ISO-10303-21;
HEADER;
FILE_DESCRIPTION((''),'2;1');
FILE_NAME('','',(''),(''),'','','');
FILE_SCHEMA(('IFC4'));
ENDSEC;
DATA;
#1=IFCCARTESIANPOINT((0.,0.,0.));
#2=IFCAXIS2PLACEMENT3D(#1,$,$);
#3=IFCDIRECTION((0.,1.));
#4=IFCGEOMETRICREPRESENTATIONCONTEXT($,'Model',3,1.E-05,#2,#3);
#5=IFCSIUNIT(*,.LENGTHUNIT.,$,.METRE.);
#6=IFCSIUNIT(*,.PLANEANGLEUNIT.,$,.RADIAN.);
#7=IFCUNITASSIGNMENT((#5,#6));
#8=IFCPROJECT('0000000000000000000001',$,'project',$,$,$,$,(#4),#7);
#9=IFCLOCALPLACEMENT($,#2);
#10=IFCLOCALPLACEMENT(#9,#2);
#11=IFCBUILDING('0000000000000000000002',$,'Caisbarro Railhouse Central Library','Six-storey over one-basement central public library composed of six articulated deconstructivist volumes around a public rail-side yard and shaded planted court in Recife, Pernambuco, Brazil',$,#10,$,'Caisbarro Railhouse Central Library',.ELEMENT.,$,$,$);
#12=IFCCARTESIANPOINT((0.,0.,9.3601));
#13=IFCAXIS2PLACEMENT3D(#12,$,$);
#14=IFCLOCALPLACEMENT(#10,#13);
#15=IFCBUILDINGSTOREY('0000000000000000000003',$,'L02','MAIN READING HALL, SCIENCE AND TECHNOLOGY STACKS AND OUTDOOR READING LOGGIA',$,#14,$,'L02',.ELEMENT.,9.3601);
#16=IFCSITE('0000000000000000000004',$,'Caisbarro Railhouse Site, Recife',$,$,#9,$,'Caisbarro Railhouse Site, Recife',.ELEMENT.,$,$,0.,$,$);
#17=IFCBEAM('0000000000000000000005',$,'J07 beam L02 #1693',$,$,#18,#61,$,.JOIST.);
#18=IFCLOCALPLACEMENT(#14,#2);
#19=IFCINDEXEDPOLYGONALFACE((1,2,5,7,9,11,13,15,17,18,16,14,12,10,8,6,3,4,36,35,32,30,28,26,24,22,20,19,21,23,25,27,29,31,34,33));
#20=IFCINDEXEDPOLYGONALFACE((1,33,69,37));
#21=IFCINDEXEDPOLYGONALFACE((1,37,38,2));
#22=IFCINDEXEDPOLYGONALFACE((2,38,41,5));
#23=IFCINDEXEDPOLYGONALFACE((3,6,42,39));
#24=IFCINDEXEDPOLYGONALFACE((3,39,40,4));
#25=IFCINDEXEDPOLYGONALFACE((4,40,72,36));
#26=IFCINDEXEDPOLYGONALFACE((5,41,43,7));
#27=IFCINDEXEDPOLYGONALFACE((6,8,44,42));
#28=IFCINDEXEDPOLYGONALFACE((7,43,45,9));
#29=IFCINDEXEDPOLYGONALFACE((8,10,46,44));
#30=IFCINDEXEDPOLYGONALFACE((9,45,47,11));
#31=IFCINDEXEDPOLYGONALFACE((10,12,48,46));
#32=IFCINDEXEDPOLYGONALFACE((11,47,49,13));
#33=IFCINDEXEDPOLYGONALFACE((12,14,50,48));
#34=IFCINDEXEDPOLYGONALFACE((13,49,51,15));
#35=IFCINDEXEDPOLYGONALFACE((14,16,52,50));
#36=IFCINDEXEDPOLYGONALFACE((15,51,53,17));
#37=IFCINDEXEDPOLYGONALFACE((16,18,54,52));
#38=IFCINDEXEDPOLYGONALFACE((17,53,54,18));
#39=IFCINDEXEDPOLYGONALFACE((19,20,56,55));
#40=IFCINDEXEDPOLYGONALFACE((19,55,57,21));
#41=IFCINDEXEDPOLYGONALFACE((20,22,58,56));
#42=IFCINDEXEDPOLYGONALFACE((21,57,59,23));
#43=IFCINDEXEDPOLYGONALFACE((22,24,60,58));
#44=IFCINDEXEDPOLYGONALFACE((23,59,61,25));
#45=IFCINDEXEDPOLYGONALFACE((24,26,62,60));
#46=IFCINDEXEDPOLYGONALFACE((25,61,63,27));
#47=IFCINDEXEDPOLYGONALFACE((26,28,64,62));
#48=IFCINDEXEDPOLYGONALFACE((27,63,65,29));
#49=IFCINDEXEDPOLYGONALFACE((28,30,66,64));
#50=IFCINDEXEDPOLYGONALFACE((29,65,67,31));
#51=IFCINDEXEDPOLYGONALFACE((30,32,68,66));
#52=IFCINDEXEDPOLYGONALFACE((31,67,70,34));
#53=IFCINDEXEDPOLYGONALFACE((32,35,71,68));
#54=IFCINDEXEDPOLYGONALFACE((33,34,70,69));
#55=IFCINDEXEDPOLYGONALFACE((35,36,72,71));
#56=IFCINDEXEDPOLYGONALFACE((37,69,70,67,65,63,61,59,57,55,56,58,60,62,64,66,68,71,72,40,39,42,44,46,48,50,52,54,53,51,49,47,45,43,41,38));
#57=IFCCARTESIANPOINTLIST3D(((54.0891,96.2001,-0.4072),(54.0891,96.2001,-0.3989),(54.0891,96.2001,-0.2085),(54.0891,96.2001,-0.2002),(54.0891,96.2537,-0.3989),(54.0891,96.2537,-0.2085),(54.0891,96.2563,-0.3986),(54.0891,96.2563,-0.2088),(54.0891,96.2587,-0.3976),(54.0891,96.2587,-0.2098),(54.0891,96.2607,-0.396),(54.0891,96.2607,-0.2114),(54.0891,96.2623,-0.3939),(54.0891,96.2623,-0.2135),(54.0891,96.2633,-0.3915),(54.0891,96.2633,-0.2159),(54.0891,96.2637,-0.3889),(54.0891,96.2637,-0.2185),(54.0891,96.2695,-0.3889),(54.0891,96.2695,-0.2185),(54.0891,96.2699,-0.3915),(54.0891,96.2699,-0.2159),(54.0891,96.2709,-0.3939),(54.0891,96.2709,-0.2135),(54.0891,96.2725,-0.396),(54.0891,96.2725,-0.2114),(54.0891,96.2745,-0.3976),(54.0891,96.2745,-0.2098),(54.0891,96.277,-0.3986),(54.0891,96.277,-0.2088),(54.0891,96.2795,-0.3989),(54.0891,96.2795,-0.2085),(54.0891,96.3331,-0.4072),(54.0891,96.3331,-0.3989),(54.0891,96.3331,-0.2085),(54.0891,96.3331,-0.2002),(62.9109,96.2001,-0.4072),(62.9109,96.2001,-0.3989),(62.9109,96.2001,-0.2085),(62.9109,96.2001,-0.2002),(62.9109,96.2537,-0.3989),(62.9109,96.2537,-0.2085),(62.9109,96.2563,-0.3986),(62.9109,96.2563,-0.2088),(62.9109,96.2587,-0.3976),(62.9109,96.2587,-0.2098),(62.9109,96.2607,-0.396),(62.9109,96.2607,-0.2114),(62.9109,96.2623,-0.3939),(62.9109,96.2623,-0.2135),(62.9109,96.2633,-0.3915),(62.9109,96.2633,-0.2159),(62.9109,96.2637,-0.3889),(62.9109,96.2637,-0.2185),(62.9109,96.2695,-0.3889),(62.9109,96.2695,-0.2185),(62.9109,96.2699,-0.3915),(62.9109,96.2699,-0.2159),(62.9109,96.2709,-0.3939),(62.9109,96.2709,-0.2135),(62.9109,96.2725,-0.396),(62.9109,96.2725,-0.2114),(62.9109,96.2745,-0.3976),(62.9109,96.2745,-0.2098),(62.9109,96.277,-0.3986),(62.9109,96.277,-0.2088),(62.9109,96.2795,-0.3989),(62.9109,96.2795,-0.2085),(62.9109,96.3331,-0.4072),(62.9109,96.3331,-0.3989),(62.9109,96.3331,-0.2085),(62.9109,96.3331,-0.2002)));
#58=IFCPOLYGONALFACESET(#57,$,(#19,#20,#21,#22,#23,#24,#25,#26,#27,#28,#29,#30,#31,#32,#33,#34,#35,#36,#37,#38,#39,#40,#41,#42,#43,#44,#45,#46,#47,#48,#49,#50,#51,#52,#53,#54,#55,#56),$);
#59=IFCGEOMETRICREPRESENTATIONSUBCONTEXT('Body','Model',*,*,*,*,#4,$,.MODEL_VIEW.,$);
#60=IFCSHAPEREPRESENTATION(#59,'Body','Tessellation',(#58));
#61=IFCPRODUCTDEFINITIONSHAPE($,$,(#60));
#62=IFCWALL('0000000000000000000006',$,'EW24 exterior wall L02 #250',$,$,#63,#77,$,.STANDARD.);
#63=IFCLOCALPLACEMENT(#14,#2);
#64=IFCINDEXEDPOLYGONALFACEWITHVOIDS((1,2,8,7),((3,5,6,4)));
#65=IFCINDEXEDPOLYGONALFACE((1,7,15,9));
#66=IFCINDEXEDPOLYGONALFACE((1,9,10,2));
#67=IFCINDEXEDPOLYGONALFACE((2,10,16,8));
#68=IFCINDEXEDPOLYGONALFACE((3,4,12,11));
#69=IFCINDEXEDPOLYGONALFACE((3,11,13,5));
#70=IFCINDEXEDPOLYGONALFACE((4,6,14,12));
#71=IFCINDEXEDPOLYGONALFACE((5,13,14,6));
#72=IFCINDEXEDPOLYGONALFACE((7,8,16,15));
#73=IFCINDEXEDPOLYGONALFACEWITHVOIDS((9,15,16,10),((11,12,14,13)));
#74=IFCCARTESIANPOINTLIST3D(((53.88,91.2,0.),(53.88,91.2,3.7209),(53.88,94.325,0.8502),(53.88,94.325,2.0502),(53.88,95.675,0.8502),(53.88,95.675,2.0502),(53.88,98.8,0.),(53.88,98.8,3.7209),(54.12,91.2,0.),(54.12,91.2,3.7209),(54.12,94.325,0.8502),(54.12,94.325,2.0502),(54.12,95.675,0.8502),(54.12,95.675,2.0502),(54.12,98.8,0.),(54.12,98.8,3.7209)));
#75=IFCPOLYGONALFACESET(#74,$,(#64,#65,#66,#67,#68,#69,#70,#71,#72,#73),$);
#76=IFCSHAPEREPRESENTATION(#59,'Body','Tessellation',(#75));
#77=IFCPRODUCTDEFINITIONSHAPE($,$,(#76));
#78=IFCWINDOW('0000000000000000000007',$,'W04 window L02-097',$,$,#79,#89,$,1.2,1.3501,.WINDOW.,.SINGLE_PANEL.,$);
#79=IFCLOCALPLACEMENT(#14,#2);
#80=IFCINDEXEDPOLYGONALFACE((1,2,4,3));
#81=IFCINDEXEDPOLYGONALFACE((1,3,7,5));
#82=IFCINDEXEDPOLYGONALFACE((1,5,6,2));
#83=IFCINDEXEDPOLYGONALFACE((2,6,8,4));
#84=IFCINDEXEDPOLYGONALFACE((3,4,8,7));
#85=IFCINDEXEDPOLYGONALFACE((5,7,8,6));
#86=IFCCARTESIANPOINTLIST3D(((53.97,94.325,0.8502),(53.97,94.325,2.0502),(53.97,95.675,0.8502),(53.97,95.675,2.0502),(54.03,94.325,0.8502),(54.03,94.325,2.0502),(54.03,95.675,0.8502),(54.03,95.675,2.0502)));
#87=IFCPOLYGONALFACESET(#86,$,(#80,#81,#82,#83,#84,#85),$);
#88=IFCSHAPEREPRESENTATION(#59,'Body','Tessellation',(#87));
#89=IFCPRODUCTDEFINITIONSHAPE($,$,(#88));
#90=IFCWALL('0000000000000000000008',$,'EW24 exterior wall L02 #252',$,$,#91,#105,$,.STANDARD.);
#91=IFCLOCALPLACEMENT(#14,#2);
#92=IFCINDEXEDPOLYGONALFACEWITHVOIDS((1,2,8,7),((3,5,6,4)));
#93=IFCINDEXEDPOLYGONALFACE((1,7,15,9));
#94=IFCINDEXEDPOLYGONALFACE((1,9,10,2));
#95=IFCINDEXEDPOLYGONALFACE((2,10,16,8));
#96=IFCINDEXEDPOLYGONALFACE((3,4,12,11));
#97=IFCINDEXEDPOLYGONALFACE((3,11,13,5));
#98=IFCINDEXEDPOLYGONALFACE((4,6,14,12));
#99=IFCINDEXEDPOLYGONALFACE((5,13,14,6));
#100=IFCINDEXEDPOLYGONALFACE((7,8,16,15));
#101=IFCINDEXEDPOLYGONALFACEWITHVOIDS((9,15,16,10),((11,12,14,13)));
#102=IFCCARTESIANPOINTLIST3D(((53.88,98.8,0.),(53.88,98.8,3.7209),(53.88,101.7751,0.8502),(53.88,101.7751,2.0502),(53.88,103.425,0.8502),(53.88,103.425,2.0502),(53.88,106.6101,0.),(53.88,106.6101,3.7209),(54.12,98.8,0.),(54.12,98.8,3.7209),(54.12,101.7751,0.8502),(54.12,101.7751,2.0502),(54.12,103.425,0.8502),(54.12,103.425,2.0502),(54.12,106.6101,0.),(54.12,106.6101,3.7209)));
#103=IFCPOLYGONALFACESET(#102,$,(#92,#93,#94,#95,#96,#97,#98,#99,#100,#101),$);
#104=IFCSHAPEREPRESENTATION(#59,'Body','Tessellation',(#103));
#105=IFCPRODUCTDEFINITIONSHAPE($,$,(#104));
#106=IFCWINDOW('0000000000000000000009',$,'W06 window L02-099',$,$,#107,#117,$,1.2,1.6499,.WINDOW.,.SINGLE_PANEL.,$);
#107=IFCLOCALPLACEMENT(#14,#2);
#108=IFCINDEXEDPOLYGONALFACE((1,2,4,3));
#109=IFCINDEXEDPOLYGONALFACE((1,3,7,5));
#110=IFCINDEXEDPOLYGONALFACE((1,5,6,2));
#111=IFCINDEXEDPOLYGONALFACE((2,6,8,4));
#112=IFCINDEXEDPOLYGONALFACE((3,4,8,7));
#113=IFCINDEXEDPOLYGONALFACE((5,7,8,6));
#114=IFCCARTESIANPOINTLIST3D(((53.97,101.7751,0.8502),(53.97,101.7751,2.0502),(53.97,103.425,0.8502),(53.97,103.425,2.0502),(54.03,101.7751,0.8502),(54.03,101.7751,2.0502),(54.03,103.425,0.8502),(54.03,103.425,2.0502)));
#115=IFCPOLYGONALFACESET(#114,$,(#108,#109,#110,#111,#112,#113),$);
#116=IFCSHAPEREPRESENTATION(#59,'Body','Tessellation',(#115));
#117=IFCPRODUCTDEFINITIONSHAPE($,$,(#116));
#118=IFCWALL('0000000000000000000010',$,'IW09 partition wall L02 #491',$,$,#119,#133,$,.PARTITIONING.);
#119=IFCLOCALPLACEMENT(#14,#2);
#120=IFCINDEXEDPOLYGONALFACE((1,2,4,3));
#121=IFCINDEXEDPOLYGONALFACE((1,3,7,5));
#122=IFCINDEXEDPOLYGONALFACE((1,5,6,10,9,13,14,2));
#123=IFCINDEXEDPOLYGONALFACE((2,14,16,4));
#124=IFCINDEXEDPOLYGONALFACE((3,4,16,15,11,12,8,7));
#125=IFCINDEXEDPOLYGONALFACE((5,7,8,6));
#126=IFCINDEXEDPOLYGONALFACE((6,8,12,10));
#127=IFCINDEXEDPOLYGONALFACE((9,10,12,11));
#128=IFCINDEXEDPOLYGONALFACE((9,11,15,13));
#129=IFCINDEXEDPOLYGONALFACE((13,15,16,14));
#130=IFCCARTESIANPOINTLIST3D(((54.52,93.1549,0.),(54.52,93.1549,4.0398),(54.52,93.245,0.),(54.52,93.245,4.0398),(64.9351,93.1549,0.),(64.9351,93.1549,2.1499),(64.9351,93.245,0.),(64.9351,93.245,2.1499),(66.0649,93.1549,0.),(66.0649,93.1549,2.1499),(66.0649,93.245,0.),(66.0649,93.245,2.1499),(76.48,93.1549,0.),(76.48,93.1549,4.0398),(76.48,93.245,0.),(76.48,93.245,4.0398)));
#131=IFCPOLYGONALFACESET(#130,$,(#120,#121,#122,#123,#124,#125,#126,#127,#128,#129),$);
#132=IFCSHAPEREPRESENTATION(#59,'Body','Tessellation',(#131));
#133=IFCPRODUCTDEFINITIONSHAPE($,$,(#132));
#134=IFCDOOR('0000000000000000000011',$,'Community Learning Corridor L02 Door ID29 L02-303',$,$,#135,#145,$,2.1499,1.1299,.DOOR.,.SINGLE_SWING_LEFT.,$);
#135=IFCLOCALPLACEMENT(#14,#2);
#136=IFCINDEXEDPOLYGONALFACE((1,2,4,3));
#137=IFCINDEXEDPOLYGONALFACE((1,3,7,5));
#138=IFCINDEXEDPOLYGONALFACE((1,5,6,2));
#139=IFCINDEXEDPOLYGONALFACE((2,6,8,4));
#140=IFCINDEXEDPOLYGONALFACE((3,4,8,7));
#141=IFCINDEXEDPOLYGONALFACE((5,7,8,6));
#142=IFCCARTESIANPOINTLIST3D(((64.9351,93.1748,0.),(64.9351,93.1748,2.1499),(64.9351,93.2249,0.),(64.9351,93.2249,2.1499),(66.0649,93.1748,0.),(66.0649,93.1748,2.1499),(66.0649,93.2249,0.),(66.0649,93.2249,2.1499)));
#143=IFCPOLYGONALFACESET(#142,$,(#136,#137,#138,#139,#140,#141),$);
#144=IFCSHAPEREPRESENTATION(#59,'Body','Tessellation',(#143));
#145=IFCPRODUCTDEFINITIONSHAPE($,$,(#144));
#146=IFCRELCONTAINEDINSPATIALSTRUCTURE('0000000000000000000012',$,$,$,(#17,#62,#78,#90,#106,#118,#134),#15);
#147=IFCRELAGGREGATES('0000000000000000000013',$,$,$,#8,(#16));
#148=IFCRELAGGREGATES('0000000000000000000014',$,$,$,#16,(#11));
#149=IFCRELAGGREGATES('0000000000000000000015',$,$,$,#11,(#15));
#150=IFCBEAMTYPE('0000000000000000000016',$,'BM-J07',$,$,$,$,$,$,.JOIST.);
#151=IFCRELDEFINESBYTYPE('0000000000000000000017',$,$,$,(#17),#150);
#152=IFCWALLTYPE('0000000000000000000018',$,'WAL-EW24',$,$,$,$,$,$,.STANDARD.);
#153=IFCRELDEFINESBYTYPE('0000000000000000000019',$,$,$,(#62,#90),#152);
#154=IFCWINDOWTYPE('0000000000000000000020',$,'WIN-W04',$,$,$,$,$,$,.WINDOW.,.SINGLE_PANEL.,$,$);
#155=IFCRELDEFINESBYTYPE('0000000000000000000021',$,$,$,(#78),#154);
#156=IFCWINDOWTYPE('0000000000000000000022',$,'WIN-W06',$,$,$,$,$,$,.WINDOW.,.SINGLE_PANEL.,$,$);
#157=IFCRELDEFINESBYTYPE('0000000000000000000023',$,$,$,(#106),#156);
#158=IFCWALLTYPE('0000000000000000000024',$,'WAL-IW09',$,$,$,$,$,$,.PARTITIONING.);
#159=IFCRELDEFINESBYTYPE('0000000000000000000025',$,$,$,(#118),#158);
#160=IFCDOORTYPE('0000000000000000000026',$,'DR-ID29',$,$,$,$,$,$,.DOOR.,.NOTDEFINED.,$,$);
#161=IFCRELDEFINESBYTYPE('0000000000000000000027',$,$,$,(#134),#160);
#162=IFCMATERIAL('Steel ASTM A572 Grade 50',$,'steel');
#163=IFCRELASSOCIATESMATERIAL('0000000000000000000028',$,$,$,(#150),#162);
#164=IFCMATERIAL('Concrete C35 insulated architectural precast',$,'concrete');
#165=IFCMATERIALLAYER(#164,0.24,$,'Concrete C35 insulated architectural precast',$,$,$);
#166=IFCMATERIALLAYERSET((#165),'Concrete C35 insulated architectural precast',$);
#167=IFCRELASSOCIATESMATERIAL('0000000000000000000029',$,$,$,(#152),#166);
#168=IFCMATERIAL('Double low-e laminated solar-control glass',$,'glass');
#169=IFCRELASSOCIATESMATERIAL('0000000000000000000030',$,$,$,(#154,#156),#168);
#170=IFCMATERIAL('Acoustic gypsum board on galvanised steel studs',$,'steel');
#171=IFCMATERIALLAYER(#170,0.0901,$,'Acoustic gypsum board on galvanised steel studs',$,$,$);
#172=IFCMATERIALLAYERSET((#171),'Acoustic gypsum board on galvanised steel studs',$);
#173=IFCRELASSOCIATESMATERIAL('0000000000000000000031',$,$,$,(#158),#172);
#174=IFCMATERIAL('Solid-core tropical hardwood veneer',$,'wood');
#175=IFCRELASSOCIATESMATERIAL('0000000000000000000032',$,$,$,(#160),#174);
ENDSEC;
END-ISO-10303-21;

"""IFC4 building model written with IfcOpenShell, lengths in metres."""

from ifc_helpers import new_model, si_unit, direction, frame, frame_2d, origin, origin_2d, place, context, subcontext, project, spatial, rectangle, i_section, extrude, material, layer, layer_set, material_profile, profile_set, type_object, element, fill, save


model = new_model("IFC4")

# Units and contexts
model_context = context("Model", 3, precision=1e-05, world=origin(), true_north=direction((0.0, 1.0)))
body_context = subcontext(model_context, "Body", "Model", "MODEL_VIEW")
ifc_project = project(units=[si_unit("LENGTHUNIT", "METRE"), si_unit("PLANEANGLEUNIT", "RADIAN")], contexts=[model_context])

# Site, building, storey
site_placement = place(None, origin())
site = spatial("IfcSite", under=ifc_project, at=site_placement, Name="Caisbarro Railhouse Site, Recife", LongName="Caisbarro Railhouse Site, Recife", CompositionType="ELEMENT", RefElevation=0.0)
building_placement = place(site_placement, origin())
building = spatial("IfcBuilding", under=site, at=building_placement, Name="Caisbarro Railhouse Central Library", Description="Six-storey over one-basement central public library composed of six articulated deconstructivist volumes around a public rail-side yard and shaded planted court in Recife, Pernambuco, Brazil", LongName="Caisbarro Railhouse Central Library", CompositionType="ELEMENT")
storey_placement = place(building_placement, frame((0.0, 0.0, 9.3601)))
storey = spatial("IfcBuildingStorey", under=building, at=storey_placement, Name="L02", Description="MAIN READING HALL, SCIENCE AND TECHNOLOGY STACKS AND OUTDOOR READING LOGGIA", LongName="L02", CompositionType="ELEMENT", Elevation=9.3601)

# Shared definitions
ifc_material_1 = material(Name="Steel ASTM A572 Grade 50", Category="steel")

# Beam
ifc_material_profile_1 = material_profile(ifc_material_1, i_section(OverallWidth=0.1331, OverallDepth=0.207, WebThickness=0.0059, FlangeThickness=0.0083, FilletRadius=0.01, at=origin_2d()), Name="W200X26.6")
ifc_profile_set_1 = profile_set([ifc_material_profile_1], Name="Steel ASTM A572 Grade 50")
beam_type_1 = type_object("IfcBeamType", Name="BM-J07", PredefinedType="JOIST", material=ifc_profile_set_1)
for number, where, z_axis, x_axis, name in (
    (1, (54.0891, 96.2666, -0.3037), (1.0, 0.0, 0.0), (0.0, 1.0, 0.0), "J07 beam L02 #1693"),
):
    element("IfcBeam", number, at=place(storey_placement, frame(where, z_axis=z_axis, x_axis=x_axis)), inside=storey, type_object=beam_type_1, Name=name, PredefinedType="JOIST", context=body_context, shape_type="SweptSolid", body=[
        extrude(i_section(OverallWidth=0.1331, OverallDepth=0.207, WebThickness=0.0059, FlangeThickness=0.0083, FilletRadius=0.01, at=origin_2d()), origin(), (0.0, 0.0, 1.0), 8.8218),
    ])

# Walls, openings, windows
ifc_material_2 = material(Name="Concrete C35 insulated architectural precast", Category="concrete")
ifc_layer_1 = layer(ifc_material_2, 0.24, Name="Concrete C35 insulated architectural precast")
ifc_layer_set_1 = layer_set([ifc_layer_1], Name="Concrete C35 insulated architectural precast")
wall_type_1 = type_object("IfcWallType", Name="WAL-EW24", PredefinedType="STANDARD", material=ifc_layer_set_1)
wall_1_placement = place(storey_placement, frame((54.0, 91.2, 0.0), z_axis=(0.0, 0.0, 1.0), x_axis=(0.0, 1.0, 0.0)))
wall_1 = element("IfcWall", 2, at=wall_1_placement, inside=storey, type_object=wall_type_1, Name="EW24 exterior wall L02 #250", PredefinedType="STANDARD", context=body_context, shape_type="SweptSolid", body=[
    extrude(rectangle(XDim=7.6001, YDim=0.24, at=frame_2d((3.8, 0.0))), origin(), (0.0, 0.0, 1.0), 3.7209),
])
opening_1_placement = place(wall_1_placement, frame((3.125, 0.0, 0.8501)))
opening_1 = element("IfcOpeningElement", 3, at=opening_1_placement, cuts=wall_1, PredefinedType="OPENING", context=body_context, shape_type="SweptSolid", body=[
    extrude(rectangle(XDim=1.3501, YDim=1.2, at=frame_2d((0.675, 0.6001))), frame((0.0, 0.1299, 0.0), z_axis=(0.0, -1.0, 0.0), x_axis=(1.0, 0.0, 0.0)), (0.0, 0.0, 1.0), 0.26),
])
ifc_material_3 = material(Name="Double low-e laminated solar-control glass", Category="glass")
window_type_1 = type_object("IfcWindowType", Name="WIN-W04", PartitioningType="SINGLE_PANEL", PredefinedType="WINDOW", material=ifc_material_3)
window_1_placement = place(opening_1_placement, origin())
window_1 = element("IfcWindow", 4, at=window_1_placement, inside=storey, type_object=window_type_1, Name="W04 window L02-097", OverallHeight=1.2, OverallWidth=1.3501, PartitioningType="SINGLE_PANEL", PredefinedType="WINDOW", context=body_context, shape_type="SweptSolid", body=[
    extrude(rectangle(XDim=1.3501, YDim=1.2, at=frame_2d((0.675, 0.6001))), frame((0.0, 0.03, 0.0), z_axis=(0.0, -1.0, 0.0), x_axis=(1.0, 0.0, 0.0)), (0.0, 0.0, 1.0), 0.0601),
])
fill(opening_1, window_1)
wall_2_placement = place(storey_placement, frame((54.0, 98.8, 0.0), z_axis=(0.0, 0.0, 1.0), x_axis=(0.0, 1.0, 0.0)))
wall_2 = element("IfcWall", 5, at=wall_2_placement, inside=storey, type_object=wall_type_1, Name="EW24 exterior wall L02 #252", PredefinedType="STANDARD", context=body_context, shape_type="SweptSolid", body=[
    extrude(rectangle(XDim=7.8101, YDim=0.24, at=frame_2d((3.905, 0.0))), origin(), (0.0, 0.0, 1.0), 3.7209),
])
opening_2_placement = place(wall_2_placement, frame((2.9751, 0.0, 0.8501)))
opening_2 = element("IfcOpeningElement", 6, at=opening_2_placement, cuts=wall_2, PredefinedType="OPENING", context=body_context, shape_type="SweptSolid", body=[
    extrude(rectangle(XDim=1.6499, YDim=1.2, at=frame_2d((0.825, 0.6001))), frame((0.0, 0.1299, 0.0), z_axis=(0.0, -1.0, 0.0), x_axis=(1.0, 0.0, 0.0)), (0.0, 0.0, 1.0), 0.26),
])
window_type_2 = type_object("IfcWindowType", Name="WIN-W06", PartitioningType="SINGLE_PANEL", PredefinedType="WINDOW", material=ifc_material_3)
window_2_placement = place(opening_2_placement, origin())
window_2 = element("IfcWindow", 7, at=window_2_placement, inside=storey, type_object=window_type_2, Name="W06 window L02-099", OverallHeight=1.2, OverallWidth=1.6499, PartitioningType="SINGLE_PANEL", PredefinedType="WINDOW", context=body_context, shape_type="SweptSolid", body=[
    extrude(rectangle(XDim=1.6499, YDim=1.2, at=frame_2d((0.825, 0.6001))), frame((0.0, 0.03, 0.0), z_axis=(0.0, -1.0, 0.0), x_axis=(1.0, 0.0, 0.0)), (0.0, 0.0, 1.0), 0.0601),
])
fill(opening_2, window_2)

# Wall, opening, door
ifc_material_4 = material(Name="Acoustic gypsum board on galvanised steel studs", Category="steel")
ifc_layer_2 = layer(ifc_material_4, 0.0901, Name="Acoustic gypsum board on galvanised steel studs")
ifc_layer_set_2 = layer_set([ifc_layer_2], Name="Acoustic gypsum board on galvanised steel studs")
wall_type_2 = type_object("IfcWallType", Name="WAL-IW09", PredefinedType="PARTITIONING", material=ifc_layer_set_2)
wall_3_placement = place(storey_placement, frame((54.52, 93.2, 0.0), z_axis=(0.0, 0.0, 1.0), x_axis=(1.0, 0.0, 0.0)))
wall_3 = element("IfcWall", 8, at=wall_3_placement, inside=storey, type_object=wall_type_2, Name="IW09 partition wall L02 #491", PredefinedType="PARTITIONING", context=body_context, shape_type="SweptSolid", body=[
    extrude(rectangle(XDim=21.96, YDim=0.0901, at=frame_2d((10.98, 0.0))), origin(), (0.0, 0.0, 1.0), 4.0398),
])
opening_3_placement = place(wall_3_placement, frame((10.415, 0.0, 0.0)))
opening_3 = element("IfcOpeningElement", 9, at=opening_3_placement, cuts=wall_3, PredefinedType="OPENING", context=body_context, shape_type="SweptSolid", body=[
    extrude(rectangle(XDim=1.1299, YDim=2.1499, at=frame_2d((0.5649, 1.075))), frame((0.0, 0.0552, 0.0), z_axis=(0.0, -1.0, 0.0), x_axis=(1.0, 0.0, 0.0)), (0.0, 0.0, 1.0), 0.1101),
])
ifc_material_5 = material(Name="Solid-core tropical hardwood veneer", Category="wood")
door_type_1 = type_object("IfcDoorType", Name="DR-ID29", OperationType="NOTDEFINED", PredefinedType="DOOR", material=ifc_material_5)
door_1_placement = place(opening_3_placement, origin())
door_1 = element("IfcDoor", 10, at=door_1_placement, inside=storey, type_object=door_type_1, Name="Community Learning Corridor L02 Door ID29 L02-303", OperationType="SINGLE_SWING_LEFT", OverallHeight=2.1499, OverallWidth=1.1299, PredefinedType="DOOR", context=body_context, shape_type="SweptSolid", body=[
    extrude(rectangle(XDim=1.1299, YDim=2.1499, at=frame_2d((0.5649, 1.075))), frame((0.0, 0.0249, 0.0), z_axis=(0.0, -1.0, 0.0), x_axis=(1.0, 0.0, 0.0)), (0.0, 0.0, 1.0), 0.05),
])
fill(opening_3, door_1)

save(model, "model.ifc")
